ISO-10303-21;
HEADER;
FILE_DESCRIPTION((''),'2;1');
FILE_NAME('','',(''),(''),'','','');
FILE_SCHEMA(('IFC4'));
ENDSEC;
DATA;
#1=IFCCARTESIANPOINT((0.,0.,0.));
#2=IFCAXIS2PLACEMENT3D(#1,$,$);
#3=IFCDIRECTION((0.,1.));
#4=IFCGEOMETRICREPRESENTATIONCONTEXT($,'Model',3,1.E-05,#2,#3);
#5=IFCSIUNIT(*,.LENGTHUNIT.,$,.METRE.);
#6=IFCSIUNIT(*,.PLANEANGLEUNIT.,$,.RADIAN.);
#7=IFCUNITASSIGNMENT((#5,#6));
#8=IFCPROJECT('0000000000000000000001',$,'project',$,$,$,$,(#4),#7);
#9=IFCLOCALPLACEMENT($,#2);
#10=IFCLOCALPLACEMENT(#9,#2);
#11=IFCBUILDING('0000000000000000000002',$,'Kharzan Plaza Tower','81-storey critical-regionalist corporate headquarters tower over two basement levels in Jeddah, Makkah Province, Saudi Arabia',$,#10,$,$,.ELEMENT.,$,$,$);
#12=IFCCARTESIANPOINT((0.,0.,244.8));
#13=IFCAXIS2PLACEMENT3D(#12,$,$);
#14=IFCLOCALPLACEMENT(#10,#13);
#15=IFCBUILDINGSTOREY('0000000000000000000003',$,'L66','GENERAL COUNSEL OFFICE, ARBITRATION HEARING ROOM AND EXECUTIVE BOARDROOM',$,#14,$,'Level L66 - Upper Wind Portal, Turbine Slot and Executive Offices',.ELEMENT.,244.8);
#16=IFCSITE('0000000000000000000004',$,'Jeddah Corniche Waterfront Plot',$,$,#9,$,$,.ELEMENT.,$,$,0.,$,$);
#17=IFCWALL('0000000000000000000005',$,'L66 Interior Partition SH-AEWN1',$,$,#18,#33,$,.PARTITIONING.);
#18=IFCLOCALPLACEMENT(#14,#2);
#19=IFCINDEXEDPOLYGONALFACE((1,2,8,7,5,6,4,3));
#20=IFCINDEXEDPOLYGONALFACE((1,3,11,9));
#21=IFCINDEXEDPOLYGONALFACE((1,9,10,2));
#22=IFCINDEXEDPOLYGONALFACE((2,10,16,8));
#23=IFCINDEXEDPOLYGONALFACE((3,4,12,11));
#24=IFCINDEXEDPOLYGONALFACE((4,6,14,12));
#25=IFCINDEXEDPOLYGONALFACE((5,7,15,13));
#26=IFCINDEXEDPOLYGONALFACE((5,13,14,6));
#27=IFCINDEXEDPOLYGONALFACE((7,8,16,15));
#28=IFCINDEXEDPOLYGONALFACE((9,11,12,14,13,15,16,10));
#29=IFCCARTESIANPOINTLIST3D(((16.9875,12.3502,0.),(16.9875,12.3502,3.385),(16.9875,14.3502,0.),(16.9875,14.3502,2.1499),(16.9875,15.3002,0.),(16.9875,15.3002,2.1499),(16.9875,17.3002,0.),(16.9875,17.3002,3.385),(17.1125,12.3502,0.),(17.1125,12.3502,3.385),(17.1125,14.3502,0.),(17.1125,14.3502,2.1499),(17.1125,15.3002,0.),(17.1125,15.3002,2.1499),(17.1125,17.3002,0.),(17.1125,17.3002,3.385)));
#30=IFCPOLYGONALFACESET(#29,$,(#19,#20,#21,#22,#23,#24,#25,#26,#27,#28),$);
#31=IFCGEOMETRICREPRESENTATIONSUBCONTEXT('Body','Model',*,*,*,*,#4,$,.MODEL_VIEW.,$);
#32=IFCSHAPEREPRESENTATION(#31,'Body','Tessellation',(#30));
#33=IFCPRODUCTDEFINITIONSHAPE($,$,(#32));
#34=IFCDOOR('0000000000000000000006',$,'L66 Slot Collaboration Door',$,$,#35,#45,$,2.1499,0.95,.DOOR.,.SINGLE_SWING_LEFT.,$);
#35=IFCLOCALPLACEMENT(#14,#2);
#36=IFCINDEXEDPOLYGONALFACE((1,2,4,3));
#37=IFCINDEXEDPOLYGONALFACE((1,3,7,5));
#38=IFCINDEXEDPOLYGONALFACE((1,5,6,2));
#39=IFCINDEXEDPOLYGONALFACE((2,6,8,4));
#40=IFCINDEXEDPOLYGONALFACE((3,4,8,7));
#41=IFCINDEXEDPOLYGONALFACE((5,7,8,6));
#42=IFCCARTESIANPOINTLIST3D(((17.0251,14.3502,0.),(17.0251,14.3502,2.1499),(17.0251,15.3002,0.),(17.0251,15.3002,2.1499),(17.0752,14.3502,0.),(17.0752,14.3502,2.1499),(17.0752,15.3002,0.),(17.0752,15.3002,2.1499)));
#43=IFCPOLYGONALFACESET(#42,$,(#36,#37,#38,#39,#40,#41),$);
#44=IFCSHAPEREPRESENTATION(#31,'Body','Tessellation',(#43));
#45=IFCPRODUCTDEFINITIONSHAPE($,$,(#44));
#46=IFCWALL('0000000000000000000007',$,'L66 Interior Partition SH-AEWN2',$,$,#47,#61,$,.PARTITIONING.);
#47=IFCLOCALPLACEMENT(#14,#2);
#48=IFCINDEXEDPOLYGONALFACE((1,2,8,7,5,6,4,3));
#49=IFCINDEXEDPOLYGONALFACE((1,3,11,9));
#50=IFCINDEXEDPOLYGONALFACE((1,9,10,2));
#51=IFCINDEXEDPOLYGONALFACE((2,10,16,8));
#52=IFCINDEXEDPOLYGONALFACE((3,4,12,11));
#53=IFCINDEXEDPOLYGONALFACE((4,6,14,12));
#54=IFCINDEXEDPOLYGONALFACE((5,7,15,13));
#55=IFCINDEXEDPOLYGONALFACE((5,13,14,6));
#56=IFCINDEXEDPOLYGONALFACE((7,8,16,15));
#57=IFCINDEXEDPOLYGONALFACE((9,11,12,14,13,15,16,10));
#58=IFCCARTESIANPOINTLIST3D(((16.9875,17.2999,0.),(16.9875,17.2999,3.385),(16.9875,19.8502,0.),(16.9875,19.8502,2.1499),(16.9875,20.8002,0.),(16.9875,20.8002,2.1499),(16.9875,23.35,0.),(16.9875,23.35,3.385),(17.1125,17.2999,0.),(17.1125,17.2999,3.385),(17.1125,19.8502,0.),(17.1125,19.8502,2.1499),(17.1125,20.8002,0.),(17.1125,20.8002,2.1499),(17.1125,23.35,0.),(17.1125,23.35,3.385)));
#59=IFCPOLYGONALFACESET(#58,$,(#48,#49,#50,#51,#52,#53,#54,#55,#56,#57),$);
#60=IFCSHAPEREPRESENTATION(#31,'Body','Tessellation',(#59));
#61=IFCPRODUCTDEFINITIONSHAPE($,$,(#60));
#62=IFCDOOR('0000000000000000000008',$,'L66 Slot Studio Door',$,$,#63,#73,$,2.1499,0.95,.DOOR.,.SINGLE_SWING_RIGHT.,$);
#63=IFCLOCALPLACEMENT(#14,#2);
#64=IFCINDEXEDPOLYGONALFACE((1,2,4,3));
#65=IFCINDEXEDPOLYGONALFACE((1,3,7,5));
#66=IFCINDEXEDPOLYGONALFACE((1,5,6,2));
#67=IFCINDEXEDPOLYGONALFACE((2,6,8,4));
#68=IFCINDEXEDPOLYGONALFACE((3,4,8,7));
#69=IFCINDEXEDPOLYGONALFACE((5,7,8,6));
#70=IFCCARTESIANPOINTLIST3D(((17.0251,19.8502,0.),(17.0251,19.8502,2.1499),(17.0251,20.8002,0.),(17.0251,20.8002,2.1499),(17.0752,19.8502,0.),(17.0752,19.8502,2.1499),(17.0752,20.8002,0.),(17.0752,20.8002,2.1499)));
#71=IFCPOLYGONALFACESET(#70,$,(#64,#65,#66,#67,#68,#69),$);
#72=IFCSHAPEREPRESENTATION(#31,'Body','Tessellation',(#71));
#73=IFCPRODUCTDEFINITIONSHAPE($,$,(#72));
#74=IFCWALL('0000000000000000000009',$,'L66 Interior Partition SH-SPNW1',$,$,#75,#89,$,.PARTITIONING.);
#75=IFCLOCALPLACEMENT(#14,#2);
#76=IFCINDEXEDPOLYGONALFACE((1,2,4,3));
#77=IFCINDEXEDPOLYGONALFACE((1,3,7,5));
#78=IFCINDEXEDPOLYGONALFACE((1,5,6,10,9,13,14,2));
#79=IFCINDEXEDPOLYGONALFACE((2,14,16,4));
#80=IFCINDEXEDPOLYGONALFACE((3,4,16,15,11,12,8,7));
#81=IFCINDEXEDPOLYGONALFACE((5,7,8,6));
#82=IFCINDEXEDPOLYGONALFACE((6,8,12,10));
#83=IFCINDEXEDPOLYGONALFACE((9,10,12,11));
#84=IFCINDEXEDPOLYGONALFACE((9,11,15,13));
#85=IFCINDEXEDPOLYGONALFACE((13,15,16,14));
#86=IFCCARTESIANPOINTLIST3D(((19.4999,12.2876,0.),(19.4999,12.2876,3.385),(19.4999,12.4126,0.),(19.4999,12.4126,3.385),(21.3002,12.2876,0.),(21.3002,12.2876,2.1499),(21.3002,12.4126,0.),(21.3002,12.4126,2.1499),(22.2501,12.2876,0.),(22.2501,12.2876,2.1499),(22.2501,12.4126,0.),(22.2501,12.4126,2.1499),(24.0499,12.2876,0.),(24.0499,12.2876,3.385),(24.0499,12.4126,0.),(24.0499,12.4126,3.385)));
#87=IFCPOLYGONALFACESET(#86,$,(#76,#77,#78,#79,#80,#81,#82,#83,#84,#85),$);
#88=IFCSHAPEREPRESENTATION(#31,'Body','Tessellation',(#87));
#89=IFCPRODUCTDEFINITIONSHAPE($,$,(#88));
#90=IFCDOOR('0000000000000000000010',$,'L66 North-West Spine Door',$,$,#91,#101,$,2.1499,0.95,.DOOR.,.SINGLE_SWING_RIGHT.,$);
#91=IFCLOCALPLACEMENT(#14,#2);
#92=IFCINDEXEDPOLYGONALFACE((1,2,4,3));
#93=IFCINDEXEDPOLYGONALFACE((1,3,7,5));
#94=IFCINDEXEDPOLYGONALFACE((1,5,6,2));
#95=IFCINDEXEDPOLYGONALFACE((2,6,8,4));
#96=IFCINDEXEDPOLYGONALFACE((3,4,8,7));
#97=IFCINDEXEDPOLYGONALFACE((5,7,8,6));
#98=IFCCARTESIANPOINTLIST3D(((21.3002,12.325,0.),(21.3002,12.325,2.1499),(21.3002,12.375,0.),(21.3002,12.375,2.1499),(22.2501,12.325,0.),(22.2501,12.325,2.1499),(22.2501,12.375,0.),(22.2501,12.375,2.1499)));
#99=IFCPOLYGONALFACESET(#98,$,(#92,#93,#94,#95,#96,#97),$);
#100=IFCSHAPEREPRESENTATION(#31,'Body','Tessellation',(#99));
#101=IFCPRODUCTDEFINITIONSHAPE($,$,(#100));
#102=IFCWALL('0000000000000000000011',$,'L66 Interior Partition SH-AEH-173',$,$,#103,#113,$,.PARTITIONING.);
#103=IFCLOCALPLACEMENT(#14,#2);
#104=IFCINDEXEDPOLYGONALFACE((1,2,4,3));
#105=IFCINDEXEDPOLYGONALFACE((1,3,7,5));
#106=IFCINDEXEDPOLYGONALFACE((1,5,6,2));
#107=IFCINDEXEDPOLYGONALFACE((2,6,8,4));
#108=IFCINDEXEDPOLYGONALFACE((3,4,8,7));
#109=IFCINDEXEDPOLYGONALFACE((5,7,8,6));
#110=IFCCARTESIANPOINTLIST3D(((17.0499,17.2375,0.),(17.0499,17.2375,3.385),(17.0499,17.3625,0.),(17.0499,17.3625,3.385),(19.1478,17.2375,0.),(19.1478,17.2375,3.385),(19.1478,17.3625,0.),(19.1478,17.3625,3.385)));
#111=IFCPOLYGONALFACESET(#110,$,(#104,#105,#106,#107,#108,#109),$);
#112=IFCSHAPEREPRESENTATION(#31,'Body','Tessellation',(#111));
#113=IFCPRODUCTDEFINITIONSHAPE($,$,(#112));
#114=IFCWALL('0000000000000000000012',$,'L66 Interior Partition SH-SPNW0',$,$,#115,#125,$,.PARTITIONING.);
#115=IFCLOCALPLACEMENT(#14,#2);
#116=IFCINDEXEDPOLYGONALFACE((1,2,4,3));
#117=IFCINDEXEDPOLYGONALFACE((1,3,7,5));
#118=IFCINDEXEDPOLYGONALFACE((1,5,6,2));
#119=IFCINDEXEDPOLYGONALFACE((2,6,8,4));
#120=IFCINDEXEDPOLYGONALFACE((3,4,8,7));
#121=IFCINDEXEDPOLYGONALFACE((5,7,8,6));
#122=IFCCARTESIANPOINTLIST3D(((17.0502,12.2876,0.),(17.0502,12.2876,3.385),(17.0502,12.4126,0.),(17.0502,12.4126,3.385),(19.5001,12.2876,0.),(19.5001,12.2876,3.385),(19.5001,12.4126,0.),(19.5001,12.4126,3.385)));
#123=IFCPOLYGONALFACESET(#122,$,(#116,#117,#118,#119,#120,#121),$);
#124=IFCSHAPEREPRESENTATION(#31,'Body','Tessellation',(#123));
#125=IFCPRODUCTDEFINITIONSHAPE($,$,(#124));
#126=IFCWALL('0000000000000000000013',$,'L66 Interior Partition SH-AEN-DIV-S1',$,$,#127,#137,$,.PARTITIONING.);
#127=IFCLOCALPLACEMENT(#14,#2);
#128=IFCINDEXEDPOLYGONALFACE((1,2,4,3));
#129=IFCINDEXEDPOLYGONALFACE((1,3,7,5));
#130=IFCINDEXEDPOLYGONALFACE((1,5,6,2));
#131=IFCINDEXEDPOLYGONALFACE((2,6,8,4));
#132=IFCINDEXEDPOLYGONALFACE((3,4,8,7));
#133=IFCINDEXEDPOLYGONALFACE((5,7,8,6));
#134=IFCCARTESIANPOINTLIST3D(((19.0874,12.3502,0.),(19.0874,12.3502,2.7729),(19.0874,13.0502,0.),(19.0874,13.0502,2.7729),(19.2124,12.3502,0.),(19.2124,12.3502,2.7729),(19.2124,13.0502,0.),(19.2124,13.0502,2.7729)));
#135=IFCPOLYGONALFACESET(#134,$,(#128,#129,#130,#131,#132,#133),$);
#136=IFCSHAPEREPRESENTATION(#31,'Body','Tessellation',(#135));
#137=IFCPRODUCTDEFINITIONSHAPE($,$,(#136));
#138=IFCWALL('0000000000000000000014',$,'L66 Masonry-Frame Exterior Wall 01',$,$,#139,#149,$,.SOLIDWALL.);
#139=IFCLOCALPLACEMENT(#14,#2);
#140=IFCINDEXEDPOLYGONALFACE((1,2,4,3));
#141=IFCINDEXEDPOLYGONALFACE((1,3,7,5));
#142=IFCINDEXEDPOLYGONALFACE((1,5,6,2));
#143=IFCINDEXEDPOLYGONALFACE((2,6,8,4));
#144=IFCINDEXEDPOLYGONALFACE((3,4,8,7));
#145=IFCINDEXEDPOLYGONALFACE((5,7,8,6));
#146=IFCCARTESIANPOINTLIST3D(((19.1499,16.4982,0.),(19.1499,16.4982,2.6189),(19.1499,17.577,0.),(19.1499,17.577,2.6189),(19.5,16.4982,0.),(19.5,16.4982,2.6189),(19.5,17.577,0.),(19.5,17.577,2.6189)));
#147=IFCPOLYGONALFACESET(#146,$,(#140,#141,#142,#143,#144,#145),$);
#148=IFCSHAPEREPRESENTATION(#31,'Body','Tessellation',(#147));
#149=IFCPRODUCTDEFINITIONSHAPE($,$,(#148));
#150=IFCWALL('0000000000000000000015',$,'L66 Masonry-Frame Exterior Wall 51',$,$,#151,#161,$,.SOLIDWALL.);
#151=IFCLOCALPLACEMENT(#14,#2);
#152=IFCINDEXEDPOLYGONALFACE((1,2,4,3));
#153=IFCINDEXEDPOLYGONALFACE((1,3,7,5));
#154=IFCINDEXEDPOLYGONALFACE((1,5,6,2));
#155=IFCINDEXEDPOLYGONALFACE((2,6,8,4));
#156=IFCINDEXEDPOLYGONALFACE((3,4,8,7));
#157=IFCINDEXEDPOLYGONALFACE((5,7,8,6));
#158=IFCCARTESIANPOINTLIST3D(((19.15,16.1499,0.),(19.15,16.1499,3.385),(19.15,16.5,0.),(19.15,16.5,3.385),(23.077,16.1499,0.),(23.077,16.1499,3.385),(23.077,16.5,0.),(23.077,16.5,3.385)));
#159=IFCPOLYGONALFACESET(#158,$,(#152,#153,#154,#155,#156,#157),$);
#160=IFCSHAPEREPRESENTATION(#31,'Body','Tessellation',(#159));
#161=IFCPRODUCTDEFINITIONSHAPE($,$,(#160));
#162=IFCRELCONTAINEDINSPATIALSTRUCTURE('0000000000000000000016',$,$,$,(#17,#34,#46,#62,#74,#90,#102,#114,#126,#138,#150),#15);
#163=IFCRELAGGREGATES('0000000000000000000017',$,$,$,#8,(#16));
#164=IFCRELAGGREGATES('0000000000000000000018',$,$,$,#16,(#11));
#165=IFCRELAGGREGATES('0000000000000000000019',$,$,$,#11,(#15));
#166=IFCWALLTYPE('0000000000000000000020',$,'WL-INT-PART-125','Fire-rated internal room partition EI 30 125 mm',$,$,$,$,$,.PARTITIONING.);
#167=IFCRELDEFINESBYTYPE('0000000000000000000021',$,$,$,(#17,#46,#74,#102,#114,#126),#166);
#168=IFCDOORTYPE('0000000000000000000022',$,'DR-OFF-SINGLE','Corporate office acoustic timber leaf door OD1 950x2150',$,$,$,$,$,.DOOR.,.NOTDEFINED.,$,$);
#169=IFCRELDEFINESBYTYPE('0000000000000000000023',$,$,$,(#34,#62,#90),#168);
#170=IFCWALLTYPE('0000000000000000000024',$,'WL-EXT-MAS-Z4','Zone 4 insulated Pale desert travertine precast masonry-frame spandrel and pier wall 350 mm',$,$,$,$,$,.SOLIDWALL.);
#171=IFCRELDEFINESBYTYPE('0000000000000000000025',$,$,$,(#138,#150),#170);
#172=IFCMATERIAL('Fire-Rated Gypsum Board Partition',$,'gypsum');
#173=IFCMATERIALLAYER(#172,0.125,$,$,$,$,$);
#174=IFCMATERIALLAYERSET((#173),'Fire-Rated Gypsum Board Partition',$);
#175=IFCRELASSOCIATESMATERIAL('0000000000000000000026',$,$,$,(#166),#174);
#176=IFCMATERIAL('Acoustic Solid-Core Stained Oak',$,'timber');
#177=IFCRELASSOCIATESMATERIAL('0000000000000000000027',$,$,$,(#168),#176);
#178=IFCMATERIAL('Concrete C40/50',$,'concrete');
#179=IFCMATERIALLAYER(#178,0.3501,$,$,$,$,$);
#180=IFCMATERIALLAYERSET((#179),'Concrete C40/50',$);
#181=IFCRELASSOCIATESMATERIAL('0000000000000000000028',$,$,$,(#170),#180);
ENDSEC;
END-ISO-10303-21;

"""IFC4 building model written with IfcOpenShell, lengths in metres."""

from ifc_helpers import new_model, si_unit, direction, frame, frame_2d, origin, place, context, subcontext, project, spatial, rectangle, extrude, source, transform, mapped, material, layer, layer_set, type_object, element, fill, save


model = new_model("IFC4")

# Units and contexts
model_context = context("Model", 3, precision=1e-05, world=origin(), true_north=direction((0.0, 1.0)))
body_context = subcontext(model_context, "Body", "Model", "MODEL_VIEW")
ifc_project = project(units=[si_unit("LENGTHUNIT", "METRE"), si_unit("PLANEANGLEUNIT", "RADIAN")], contexts=[model_context])

# Site, building, storey
site_placement = place(None, origin())
site = spatial("IfcSite", under=ifc_project, at=site_placement, Name="Jeddah Corniche Waterfront Plot", CompositionType="ELEMENT", RefElevation=0.0)
building_placement = place(site_placement, origin())
building = spatial("IfcBuilding", under=site, at=building_placement, Name="Kharzan Plaza Tower", Description="81-storey critical-regionalist corporate headquarters tower over two basement levels in Jeddah, Makkah Province, Saudi Arabia", CompositionType="ELEMENT")
storey_placement = place(building_placement, frame((0.0, 0.0, 244.8)))
storey = spatial("IfcBuildingStorey", under=building, at=storey_placement, Name="L66", Description="GENERAL COUNSEL OFFICE, ARBITRATION HEARING ROOM AND EXECUTIVE BOARDROOM", LongName="Level L66 - Upper Wind Portal, Turbine Slot and Executive Offices", CompositionType="ELEMENT", Elevation=244.8)

# Walls, openings, doors
ifc_material_1 = material(Name="Fire-Rated Gypsum Board Partition", Category="gypsum")
ifc_layer_1 = layer(ifc_material_1, 0.125)
ifc_layer_set_1 = layer_set([ifc_layer_1], Name="Fire-Rated Gypsum Board Partition")
wall_type_1 = type_object("IfcWallType", Name="WL-INT-PART-125", Description="Fire-rated internal room partition EI 30 125 mm", PredefinedType="PARTITIONING", material=ifc_layer_set_1)
wall_1_placement = place(storey_placement, frame((17.05, 12.3501, 0.0), z_axis=(0.0, 0.0, 1.0), x_axis=(0.0, 1.0, 0.0)))
wall_1 = element("IfcWall", 1, at=wall_1_placement, inside=storey, type_object=wall_type_1, Name="L66 Interior Partition SH-AEWN1", PredefinedType="PARTITIONING", context=body_context, shape_type="SweptSolid", body=[
    extrude(rectangle(XDim=4.95, YDim=0.125, at=frame_2d((2.4751, 0.0))), origin(), (0.0, 0.0, 1.0), 3.385),
])
opening_1_placement = place(wall_1_placement, frame((2.0, 0.0, 0.0)))
opening_1 = element("IfcOpeningElement", 2, at=opening_1_placement, cuts=wall_1, PredefinedType="OPENING", context=body_context, shape_type="SweptSolid", body=[
    extrude(rectangle(XDim=0.95, YDim=2.1499, at=frame_2d((0.4751, 1.075))), frame((0.0, 0.0725, 0.0), z_axis=(0.0, -1.0, 0.0), x_axis=(1.0, 0.0, 0.0)), (0.0, 0.0, 1.0), 0.145),
])
ifc_material_2 = material(Name="Acoustic Solid-Core Stained Oak", Category="timber")
door_type = type_object("IfcDoorType", Name="DR-OFF-SINGLE", Description="Corporate office acoustic timber leaf door OD1 950x2150", OperationType="NOTDEFINED", PredefinedType="DOOR", material=ifc_material_2)
shared_shape_1 = source(origin(), body_context, "Body", "SweptSolid", [
    extrude(rectangle(XDim=0.95, YDim=2.1499, at=frame_2d((0.4751, 1.075))), frame((0.0, 0.0249, 0.0), z_axis=(0.0, -1.0, 0.0), x_axis=(1.0, 0.0, 0.0)), (0.0, 0.0, 1.0), 0.05),
])
door_1_placement = place(opening_1_placement, origin())
door_1 = element("IfcDoor", 3, at=door_1_placement, inside=storey, type_object=door_type, Name="L66 Slot Collaboration Door", OperationType="SINGLE_SWING_LEFT", OverallHeight=2.1499, OverallWidth=0.95, PredefinedType="DOOR", context=body_context, shape_type="MappedRepresentation", body=[
    mapped(shared_shape_1, transform((0.0, 0.0, 0.0), x_axis=(1.0, 0.0, 0.0), y_axis=(0.0, 1.0, 0.0), z_axis=(0.0, 0.0, 1.0))),
])
fill(opening_1, door_1)
wall_2_placement = place(storey_placement, frame((17.05, 17.3, 0.0), z_axis=(0.0, 0.0, 1.0), x_axis=(0.0, 1.0, 0.0)))
wall_2 = element("IfcWall", 4, at=wall_2_placement, inside=storey, type_object=wall_type_1, Name="L66 Interior Partition SH-AEWN2", PredefinedType="PARTITIONING", context=body_context, shape_type="SweptSolid", body=[
    extrude(rectangle(XDim=6.05, YDim=0.125, at=frame_2d((3.0249, 0.0))), origin(), (0.0, 0.0, 1.0), 3.385),
])
opening_2_placement = place(wall_2_placement, frame((2.55, 0.0, 0.0)))
opening_2 = element("IfcOpeningElement", 5, at=opening_2_placement, cuts=wall_2, PredefinedType="OPENING", context=body_context, shape_type="SweptSolid", body=[
    extrude(rectangle(XDim=0.95, YDim=2.1499, at=frame_2d((0.4751, 1.075))), frame((0.0, 0.0725, 0.0), z_axis=(0.0, -1.0, 0.0), x_axis=(1.0, 0.0, 0.0)), (0.0, 0.0, 1.0), 0.145),
])
door_2_placement = place(opening_2_placement, origin())
door_2 = element("IfcDoor", 6, at=door_2_placement, inside=storey, type_object=door_type, Name="L66 Slot Studio Door", OperationType="SINGLE_SWING_RIGHT", OverallHeight=2.1499, OverallWidth=0.95, PredefinedType="DOOR", context=body_context, shape_type="MappedRepresentation", body=[
    mapped(shared_shape_1, transform((0.0, 0.0, 0.0), x_axis=(1.0, 0.0, 0.0), y_axis=(0.0, 1.0, 0.0), z_axis=(0.0, 0.0, 1.0))),
])
fill(opening_2, door_2)
wall_3_placement = place(storey_placement, frame((19.5, 12.3501, 0.0), z_axis=(0.0, 0.0, 1.0), x_axis=(1.0, 0.0, 0.0)))
wall_3 = element("IfcWall", 7, at=wall_3_placement, inside=storey, type_object=wall_type_1, Name="L66 Interior Partition SH-SPNW1", PredefinedType="PARTITIONING", context=body_context, shape_type="SweptSolid", body=[
    extrude(rectangle(XDim=4.55, YDim=0.125, at=frame_2d((2.2749, 0.0))), origin(), (0.0, 0.0, 1.0), 3.385),
])
opening_3_placement = place(wall_3_placement, frame((1.8, 0.0, 0.0)))
opening_3 = element("IfcOpeningElement", 8, at=opening_3_placement, cuts=wall_3, PredefinedType="OPENING", context=body_context, shape_type="SweptSolid", body=[
    extrude(rectangle(XDim=0.95, YDim=2.1499, at=frame_2d((0.4751, 1.075))), frame((0.0, 0.0725, 0.0), z_axis=(0.0, -1.0, 0.0), x_axis=(1.0, 0.0, 0.0)), (0.0, 0.0, 1.0), 0.145),
])
door_3_placement = place(opening_3_placement, origin())
door_3 = element("IfcDoor", 9, at=door_3_placement, inside=storey, type_object=door_type, Name="L66 North-West Spine Door", OperationType="SINGLE_SWING_RIGHT", OverallHeight=2.1499, OverallWidth=0.95, PredefinedType="DOOR", context=body_context, shape_type="MappedRepresentation", body=[
    mapped(shared_shape_1, transform((0.0, 0.0, 0.0), x_axis=(1.0, 0.0, 0.0), y_axis=(0.0, 1.0, 0.0), z_axis=(0.0, 0.0, 1.0))),
])
fill(opening_3, door_3)

# Walls
shared_shape_2 = source(origin(), body_context, "Body", "SweptSolid", [
    extrude(rectangle(XDim=2.0979, YDim=0.125, at=frame_2d((1.0488, 0.0))), origin(), (0.0, 0.0, 1.0), 3.385),
])
wall_4_placement = place(storey_placement, frame((17.05, 17.3, 0.0), z_axis=(0.0, 0.0, 1.0), x_axis=(1.0, 0.0, 0.0)))
element("IfcWall", 10, at=wall_4_placement, inside=storey, type_object=wall_type_1, Name="L66 Interior Partition SH-AEH-173", PredefinedType="PARTITIONING", context=body_context, shape_type="MappedRepresentation", body=[
    mapped(shared_shape_2, transform((0.0, 0.0, 0.0), x_axis=(1.0, 0.0, 0.0), y_axis=(0.0, 1.0, 0.0), z_axis=(0.0, 0.0, 1.0))),
])
shared_shape_3 = source(origin(), body_context, "Body", "SweptSolid", [
    extrude(rectangle(XDim=2.45, YDim=0.125, at=frame_2d((1.2251, 0.0))), origin(), (0.0, 0.0, 1.0), 3.385),
])
wall_5_placement = place(storey_placement, frame((17.05, 12.3501, 0.0), z_axis=(0.0, 0.0, 1.0), x_axis=(1.0, 0.0, 0.0)))
element("IfcWall", 11, at=wall_5_placement, inside=storey, type_object=wall_type_1, Name="L66 Interior Partition SH-SPNW0", PredefinedType="PARTITIONING", context=body_context, shape_type="MappedRepresentation", body=[
    mapped(shared_shape_3, transform((0.0, 0.0, 0.0), x_axis=(1.0, 0.0, 0.0), y_axis=(0.0, 1.0, 0.0), z_axis=(0.0, 0.0, 1.0))),
])
shared_shape_4 = source(origin(), body_context, "Body", "SweptSolid", [
    extrude(rectangle(XDim=0.7, YDim=0.125, at=frame_2d((0.3501, 0.0))), origin(), (0.0, 0.0, 1.0), 2.7729),
])
wall_6_placement = place(storey_placement, frame((19.1499, 12.3501, 0.0), z_axis=(0.0, 0.0, 1.0), x_axis=(0.0, 1.0, 0.0)))
element("IfcWall", 12, at=wall_6_placement, inside=storey, type_object=wall_type_1, Name="L66 Interior Partition SH-AEN-DIV-S1", PredefinedType="PARTITIONING", context=body_context, shape_type="MappedRepresentation", body=[
    mapped(shared_shape_4, transform((0.0, 0.0, 0.0), x_axis=(1.0, 0.0, 0.0), y_axis=(0.0, 1.0, 0.0), z_axis=(0.0, 0.0, 1.0))),
])
ifc_material_3 = material(Name="Concrete C40/50", Category="concrete")
ifc_layer_2 = layer(ifc_material_3, 0.3501)
ifc_layer_set_2 = layer_set([ifc_layer_2], Name="Concrete C40/50")
wall_type_2 = type_object("IfcWallType", Name="WL-EXT-MAS-Z4", Description="Zone 4 insulated Pale desert travertine precast masonry-frame spandrel and pier wall 350 mm", PredefinedType="SOLIDWALL", material=ifc_layer_set_2)
shared_shape_5 = source(origin(), body_context, "Body", "SweptSolid", [
    extrude(rectangle(XDim=1.0789, YDim=0.3501, at=frame_2d((0.5396, 0.0))), origin(), (0.0, 0.0, 1.0), 2.6189),
])
wall_7_placement = place(storey_placement, frame((19.325, 16.498, 0.0), z_axis=(0.0, 0.0, 1.0), x_axis=(0.0, 1.0, 0.0)))
element("IfcWall", 13, at=wall_7_placement, inside=storey, type_object=wall_type_2, Name="L66 Masonry-Frame Exterior Wall 01", PredefinedType="SOLIDWALL", context=body_context, shape_type="MappedRepresentation", body=[
    mapped(shared_shape_5, transform((0.0, 0.0, 0.0), x_axis=(1.0, 0.0, 0.0), y_axis=(0.0, 1.0, 0.0), z_axis=(0.0, 0.0, 1.0))),
])
shared_shape_6 = source(origin(), body_context, "Body", "SweptSolid", [
    extrude(rectangle(XDim=3.927, YDim=0.3501, at=frame_2d((1.9634, 0.0))), origin(), (0.0, 0.0, 1.0), 3.385),
])
wall_8_placement = place(storey_placement, frame((23.0769, 16.325, 0.0), z_axis=(0.0, 0.0, 1.0), x_axis=(-1.0, 0.0, 0.0)))
element("IfcWall", 14, at=wall_8_placement, inside=storey, type_object=wall_type_2, Name="L66 Masonry-Frame Exterior Wall 51", PredefinedType="SOLIDWALL", context=body_context, shape_type="MappedRepresentation", body=[
    mapped(shared_shape_6, transform((0.0, 0.0, 0.0), x_axis=(1.0, 0.0, 0.0), y_axis=(0.0, 1.0, 0.0), z_axis=(0.0, 0.0, 1.0))),
])

save(model, "model.ifc")
